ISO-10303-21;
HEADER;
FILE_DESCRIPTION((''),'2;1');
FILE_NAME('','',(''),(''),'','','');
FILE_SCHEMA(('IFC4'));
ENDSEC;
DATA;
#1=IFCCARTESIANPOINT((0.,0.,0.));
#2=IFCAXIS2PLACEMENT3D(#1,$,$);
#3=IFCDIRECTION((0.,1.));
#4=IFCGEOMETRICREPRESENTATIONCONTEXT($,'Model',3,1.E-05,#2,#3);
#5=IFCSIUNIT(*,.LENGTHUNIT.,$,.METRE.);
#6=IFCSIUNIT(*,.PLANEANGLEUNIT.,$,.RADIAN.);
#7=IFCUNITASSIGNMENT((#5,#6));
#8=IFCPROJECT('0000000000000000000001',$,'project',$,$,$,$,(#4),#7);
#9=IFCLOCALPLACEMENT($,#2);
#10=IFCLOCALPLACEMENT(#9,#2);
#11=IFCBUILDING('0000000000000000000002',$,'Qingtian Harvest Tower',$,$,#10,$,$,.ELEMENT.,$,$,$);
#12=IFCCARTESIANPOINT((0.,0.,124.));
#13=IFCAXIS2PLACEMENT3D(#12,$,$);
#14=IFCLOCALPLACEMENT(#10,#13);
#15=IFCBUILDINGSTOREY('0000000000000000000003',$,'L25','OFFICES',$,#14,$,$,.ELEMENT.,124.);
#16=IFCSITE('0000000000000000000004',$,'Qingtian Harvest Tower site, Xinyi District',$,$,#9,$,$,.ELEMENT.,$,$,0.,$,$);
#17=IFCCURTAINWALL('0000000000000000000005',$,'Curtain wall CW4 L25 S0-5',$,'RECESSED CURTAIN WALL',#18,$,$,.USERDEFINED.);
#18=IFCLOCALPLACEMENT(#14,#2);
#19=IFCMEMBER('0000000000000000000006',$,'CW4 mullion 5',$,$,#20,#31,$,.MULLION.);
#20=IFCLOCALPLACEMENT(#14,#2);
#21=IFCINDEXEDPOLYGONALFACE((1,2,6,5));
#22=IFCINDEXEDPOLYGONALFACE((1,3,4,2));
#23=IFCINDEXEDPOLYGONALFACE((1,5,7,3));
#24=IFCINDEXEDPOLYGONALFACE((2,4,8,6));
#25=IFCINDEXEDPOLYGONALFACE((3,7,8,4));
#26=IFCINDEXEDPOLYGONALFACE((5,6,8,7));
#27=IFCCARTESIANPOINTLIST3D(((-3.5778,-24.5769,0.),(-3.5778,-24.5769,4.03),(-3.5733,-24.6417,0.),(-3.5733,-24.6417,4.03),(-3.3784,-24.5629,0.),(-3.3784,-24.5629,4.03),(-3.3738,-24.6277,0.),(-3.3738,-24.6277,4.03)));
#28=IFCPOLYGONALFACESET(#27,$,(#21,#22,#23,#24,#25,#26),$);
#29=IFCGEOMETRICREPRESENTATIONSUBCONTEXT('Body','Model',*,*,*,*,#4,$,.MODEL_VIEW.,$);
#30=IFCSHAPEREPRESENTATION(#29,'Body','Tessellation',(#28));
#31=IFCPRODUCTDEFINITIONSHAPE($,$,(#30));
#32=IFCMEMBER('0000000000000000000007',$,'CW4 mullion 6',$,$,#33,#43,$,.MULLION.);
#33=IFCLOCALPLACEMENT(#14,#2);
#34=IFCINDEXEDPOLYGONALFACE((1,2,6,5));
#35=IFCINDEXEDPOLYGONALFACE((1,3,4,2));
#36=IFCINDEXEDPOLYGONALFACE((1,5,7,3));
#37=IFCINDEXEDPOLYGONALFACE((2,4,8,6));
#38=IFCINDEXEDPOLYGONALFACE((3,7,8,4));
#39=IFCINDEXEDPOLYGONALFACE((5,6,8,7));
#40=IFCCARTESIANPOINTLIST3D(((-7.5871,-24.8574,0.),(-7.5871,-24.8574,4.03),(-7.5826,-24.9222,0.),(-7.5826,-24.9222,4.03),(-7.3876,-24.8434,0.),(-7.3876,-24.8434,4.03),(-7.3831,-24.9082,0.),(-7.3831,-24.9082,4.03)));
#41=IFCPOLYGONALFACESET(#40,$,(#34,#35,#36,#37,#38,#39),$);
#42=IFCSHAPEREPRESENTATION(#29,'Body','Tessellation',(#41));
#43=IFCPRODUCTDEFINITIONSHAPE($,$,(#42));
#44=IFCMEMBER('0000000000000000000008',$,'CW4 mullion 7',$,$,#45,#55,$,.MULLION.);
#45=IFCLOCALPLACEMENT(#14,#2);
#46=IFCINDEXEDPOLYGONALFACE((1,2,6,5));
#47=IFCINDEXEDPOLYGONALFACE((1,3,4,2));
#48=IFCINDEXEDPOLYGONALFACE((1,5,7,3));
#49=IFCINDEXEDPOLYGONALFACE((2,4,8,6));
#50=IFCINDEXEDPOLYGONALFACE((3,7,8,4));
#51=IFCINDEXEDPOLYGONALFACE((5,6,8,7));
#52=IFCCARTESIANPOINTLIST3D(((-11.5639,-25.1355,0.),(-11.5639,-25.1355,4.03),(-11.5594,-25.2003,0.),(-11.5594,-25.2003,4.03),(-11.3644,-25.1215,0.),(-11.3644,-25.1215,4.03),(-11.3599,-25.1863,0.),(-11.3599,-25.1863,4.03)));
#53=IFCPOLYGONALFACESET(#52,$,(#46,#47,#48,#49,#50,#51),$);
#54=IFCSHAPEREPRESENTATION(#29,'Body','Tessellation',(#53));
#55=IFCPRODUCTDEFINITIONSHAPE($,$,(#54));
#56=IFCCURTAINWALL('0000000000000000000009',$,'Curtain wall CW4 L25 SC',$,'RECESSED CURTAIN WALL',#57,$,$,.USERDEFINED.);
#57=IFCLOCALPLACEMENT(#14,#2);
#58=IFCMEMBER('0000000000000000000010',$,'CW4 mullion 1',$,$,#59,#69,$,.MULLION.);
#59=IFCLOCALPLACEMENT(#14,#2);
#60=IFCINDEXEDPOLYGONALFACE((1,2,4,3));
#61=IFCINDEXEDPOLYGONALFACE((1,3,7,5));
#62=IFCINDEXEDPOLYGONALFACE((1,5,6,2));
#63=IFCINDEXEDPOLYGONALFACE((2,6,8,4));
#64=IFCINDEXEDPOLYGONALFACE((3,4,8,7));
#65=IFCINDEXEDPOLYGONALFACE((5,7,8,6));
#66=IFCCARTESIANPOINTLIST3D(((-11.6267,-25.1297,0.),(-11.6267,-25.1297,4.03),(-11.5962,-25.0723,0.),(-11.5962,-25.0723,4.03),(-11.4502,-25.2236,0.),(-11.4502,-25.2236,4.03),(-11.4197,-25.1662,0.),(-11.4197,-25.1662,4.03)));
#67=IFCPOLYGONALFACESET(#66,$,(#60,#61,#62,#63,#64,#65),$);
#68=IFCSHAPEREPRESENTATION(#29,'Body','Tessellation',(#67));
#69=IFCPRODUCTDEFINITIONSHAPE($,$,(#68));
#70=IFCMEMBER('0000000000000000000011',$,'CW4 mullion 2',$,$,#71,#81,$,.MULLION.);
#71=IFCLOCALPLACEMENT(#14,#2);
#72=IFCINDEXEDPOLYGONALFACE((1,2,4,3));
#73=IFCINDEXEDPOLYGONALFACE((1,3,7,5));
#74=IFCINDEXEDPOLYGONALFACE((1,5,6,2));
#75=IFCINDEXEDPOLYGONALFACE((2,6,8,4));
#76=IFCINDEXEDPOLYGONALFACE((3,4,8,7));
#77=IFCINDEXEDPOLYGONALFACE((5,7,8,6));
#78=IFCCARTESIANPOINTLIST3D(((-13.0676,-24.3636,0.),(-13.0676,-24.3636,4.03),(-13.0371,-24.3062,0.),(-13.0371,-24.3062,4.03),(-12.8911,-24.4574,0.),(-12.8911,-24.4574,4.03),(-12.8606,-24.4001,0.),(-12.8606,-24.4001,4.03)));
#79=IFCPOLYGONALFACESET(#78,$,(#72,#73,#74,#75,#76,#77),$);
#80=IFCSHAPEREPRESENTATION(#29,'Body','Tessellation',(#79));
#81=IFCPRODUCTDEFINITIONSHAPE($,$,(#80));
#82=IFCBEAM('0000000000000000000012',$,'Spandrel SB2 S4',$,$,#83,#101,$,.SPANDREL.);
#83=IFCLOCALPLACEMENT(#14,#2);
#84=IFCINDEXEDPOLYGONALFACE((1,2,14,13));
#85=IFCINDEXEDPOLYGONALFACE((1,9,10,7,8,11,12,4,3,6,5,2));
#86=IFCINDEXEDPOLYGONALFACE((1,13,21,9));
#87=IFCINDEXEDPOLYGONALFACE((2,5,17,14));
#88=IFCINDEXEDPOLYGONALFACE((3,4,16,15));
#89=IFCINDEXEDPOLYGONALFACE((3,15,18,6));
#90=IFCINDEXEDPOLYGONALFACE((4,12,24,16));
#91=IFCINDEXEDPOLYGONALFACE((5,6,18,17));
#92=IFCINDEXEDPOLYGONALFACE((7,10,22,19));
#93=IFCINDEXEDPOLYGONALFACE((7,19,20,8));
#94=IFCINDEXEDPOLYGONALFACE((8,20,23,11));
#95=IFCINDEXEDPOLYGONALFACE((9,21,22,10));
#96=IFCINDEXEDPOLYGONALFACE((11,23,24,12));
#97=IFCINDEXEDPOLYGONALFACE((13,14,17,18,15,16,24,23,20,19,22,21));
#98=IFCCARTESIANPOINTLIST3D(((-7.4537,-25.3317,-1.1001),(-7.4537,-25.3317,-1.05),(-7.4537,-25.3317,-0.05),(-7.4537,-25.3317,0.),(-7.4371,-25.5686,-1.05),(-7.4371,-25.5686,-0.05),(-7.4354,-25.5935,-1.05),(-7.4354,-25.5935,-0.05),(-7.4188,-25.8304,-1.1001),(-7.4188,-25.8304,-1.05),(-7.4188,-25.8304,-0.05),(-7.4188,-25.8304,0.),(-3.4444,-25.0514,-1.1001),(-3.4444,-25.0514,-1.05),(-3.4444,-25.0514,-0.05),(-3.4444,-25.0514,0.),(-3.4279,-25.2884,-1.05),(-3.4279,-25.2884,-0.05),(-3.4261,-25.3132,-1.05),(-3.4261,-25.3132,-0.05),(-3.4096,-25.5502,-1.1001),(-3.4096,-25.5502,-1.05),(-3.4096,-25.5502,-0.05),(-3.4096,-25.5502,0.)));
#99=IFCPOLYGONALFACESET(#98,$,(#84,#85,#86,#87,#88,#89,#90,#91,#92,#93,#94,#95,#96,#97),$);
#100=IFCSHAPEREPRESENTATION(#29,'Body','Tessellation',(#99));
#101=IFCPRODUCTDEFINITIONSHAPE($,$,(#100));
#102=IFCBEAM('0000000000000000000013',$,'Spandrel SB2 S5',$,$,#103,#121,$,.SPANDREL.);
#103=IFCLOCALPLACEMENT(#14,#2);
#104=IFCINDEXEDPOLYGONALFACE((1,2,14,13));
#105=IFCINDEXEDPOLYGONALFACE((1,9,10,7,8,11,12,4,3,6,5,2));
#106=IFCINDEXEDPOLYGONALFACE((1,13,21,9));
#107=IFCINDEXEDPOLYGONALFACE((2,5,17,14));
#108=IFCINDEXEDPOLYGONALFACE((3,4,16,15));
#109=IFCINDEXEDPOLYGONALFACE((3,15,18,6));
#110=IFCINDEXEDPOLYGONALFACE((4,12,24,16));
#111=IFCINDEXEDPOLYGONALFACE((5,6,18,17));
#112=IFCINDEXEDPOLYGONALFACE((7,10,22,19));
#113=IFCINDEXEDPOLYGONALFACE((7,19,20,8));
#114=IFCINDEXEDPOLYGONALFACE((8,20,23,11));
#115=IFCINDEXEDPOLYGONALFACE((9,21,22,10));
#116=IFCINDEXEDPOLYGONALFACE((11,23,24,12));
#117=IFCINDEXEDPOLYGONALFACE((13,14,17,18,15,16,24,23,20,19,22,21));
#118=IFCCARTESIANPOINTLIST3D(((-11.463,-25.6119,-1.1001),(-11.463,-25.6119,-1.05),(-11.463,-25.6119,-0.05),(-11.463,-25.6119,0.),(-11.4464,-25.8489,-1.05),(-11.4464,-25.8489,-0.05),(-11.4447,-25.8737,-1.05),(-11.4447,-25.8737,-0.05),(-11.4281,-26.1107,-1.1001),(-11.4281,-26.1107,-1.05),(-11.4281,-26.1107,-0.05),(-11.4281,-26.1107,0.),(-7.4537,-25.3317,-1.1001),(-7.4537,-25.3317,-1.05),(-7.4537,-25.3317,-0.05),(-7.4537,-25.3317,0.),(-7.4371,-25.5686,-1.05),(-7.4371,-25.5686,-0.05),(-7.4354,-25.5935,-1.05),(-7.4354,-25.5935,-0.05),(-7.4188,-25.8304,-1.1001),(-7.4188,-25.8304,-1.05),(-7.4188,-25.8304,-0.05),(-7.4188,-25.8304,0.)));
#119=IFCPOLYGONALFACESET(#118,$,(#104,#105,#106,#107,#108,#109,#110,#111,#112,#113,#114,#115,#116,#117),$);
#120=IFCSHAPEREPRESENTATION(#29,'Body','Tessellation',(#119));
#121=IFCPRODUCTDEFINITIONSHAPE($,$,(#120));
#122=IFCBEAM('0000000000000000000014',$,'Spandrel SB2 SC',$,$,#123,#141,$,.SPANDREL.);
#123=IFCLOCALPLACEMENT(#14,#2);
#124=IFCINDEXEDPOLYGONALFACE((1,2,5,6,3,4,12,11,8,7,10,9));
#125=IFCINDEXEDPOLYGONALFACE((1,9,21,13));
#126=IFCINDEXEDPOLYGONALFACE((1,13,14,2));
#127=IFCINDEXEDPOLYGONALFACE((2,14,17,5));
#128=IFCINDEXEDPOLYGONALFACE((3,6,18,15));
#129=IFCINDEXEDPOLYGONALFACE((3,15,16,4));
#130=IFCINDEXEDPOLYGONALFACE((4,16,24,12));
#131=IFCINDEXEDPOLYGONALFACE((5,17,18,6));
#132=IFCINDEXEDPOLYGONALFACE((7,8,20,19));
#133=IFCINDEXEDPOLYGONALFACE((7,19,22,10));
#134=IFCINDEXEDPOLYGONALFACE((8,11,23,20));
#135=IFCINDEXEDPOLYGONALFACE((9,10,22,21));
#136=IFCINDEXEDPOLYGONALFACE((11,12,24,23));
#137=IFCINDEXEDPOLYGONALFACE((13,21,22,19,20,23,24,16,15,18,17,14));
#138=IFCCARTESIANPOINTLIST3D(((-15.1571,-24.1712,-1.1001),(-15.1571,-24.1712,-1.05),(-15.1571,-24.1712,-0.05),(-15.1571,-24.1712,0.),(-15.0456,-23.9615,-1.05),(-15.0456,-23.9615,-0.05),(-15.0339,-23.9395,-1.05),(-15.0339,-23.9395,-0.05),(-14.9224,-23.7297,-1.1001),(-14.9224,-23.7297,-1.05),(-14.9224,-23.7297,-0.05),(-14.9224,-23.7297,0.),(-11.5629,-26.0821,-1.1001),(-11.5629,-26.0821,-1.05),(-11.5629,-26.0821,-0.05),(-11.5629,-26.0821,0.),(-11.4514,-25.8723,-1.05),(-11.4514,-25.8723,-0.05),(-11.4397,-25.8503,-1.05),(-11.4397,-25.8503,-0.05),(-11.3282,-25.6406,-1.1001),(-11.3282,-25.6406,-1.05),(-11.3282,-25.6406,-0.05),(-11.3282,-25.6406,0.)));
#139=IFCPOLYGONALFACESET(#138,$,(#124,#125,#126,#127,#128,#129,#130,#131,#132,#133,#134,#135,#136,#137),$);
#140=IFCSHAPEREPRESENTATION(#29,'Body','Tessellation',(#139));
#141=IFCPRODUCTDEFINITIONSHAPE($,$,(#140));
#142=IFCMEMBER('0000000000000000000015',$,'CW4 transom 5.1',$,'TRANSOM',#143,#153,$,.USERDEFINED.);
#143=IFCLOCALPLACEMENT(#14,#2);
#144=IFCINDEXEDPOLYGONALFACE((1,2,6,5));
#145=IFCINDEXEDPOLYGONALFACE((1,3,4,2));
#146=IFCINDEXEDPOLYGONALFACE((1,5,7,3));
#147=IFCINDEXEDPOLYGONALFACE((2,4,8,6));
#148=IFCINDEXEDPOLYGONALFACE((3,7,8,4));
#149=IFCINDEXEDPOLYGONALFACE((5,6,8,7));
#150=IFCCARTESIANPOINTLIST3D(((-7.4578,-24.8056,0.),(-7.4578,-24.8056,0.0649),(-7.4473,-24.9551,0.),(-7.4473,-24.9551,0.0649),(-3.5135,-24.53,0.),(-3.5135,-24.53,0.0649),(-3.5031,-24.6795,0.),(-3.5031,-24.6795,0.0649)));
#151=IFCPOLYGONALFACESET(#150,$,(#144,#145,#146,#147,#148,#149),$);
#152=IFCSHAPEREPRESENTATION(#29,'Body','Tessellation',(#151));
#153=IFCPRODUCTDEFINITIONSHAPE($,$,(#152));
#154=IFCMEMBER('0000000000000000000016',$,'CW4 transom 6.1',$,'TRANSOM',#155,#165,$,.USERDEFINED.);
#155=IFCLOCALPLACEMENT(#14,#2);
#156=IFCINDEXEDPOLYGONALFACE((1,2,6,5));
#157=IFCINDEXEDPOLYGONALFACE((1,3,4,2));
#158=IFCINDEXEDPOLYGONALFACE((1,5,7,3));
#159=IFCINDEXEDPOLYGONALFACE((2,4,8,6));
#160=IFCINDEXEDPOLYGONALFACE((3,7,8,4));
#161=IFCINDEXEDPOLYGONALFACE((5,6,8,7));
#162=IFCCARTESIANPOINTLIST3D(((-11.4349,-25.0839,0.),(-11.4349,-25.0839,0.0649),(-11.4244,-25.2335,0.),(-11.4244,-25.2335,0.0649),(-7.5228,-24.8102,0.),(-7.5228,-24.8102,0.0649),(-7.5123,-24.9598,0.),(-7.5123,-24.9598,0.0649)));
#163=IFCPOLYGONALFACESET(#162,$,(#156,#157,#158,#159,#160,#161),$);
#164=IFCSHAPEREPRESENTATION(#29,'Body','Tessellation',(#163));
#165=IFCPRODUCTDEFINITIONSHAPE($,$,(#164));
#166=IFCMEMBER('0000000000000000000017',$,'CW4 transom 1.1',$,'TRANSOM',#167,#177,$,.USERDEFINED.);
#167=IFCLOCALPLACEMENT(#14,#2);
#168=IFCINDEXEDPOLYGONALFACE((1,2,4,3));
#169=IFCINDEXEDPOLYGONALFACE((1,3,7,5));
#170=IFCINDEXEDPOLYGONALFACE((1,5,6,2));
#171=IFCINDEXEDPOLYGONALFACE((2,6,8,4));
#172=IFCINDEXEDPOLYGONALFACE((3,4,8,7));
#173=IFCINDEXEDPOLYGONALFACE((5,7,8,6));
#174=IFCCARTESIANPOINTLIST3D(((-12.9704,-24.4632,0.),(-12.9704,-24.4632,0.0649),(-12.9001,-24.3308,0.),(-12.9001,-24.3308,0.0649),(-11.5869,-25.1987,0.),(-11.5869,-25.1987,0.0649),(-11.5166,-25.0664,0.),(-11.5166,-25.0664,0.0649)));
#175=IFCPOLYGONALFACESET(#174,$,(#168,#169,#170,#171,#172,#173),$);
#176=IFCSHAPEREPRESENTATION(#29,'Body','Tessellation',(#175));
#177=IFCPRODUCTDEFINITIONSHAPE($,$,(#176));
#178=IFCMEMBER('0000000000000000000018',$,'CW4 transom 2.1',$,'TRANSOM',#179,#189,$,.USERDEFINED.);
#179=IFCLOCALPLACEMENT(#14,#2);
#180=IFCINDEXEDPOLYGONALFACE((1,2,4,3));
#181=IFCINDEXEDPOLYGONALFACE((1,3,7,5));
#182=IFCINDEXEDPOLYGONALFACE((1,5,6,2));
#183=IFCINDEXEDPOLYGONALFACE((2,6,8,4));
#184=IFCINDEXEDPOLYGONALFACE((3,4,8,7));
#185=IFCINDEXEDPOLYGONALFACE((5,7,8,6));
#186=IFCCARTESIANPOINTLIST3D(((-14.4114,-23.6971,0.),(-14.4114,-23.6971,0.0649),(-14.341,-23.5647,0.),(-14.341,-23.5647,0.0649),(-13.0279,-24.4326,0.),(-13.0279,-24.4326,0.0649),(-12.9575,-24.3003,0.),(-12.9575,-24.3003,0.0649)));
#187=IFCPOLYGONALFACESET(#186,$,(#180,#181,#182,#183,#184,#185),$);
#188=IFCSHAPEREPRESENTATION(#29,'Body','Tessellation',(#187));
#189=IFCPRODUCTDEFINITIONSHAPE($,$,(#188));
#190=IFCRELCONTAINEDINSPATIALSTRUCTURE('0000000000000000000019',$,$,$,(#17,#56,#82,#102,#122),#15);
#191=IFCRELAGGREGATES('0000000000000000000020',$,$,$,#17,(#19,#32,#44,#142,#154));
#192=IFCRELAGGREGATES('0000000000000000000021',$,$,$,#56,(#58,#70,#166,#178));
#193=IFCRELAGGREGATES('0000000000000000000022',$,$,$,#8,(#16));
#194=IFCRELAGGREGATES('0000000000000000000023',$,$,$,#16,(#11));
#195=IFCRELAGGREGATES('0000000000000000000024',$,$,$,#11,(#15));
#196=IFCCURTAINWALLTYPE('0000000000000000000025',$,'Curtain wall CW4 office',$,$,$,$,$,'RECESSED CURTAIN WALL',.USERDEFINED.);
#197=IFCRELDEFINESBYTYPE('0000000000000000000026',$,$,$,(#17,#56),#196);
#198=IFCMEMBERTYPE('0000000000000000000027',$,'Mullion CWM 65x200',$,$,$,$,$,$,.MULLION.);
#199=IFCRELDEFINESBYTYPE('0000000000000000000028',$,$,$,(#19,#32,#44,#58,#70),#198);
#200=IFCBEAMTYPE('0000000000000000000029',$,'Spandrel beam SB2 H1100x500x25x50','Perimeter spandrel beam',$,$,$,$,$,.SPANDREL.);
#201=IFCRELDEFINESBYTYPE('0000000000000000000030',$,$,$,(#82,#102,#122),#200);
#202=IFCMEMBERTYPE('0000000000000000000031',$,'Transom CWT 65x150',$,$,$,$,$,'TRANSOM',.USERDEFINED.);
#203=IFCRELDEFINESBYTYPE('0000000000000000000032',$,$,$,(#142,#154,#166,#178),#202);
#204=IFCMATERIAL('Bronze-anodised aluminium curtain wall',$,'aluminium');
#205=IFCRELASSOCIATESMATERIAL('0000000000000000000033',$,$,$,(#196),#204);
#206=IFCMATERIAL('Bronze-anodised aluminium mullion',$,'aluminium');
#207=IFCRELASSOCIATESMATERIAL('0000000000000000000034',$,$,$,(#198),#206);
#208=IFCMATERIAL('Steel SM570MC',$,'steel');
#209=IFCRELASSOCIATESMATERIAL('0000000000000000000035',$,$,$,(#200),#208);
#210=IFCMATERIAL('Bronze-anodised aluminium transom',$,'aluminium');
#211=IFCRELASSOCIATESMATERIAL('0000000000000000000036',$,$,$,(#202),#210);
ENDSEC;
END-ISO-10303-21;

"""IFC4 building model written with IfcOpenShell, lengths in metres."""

from ifc_helpers import new_model, si_unit, direction, frame, origin, origin_2d, place, context, subcontext, project, spatial, rectangle, i_section, extrude, material, material_profile, profile_set, type_object, element, aggregate, save


model = new_model("IFC4")

# Units and contexts
model_context = context("Model", 3, precision=1e-05, world=origin(), true_north=direction((0.0, 1.0)))
body_context = subcontext(model_context, "Body", "Model", "MODEL_VIEW")
ifc_project = project(units=[si_unit("LENGTHUNIT", "METRE"), si_unit("PLANEANGLEUNIT", "RADIAN")], contexts=[model_context])

# Site, building, storey
site_placement = place(None, origin())
site = spatial("IfcSite", under=ifc_project, at=site_placement, Name="Qingtian Harvest Tower site, Xinyi District", CompositionType="ELEMENT", RefElevation=0.0)
building_placement = place(site_placement, origin())
building = spatial("IfcBuilding", under=site, at=building_placement, Name="Qingtian Harvest Tower", CompositionType="ELEMENT")
storey_placement = place(building_placement, frame((0.0, 0.0, 124.0)))
storey = spatial("IfcBuildingStorey", under=building, at=storey_placement, Name="L25", Description="OFFICES", CompositionType="ELEMENT", Elevation=124.0)

# Curtain walls, members
ifc_material_1 = material(Name="Bronze-anodised aluminium curtain wall", Category="aluminium")
curtain_wall_type = type_object("IfcCurtainWallType", Name="Curtain wall CW4 office", ElementType="RECESSED CURTAIN WALL", PredefinedType="USERDEFINED", material=ifc_material_1)
curtain_wall_1_placement = place(storey_placement, origin())
curtain_wall_1 = element("IfcCurtainWall", 1, at=curtain_wall_1_placement, inside=storey, type_object=curtain_wall_type, Name="Curtain wall CW4 L25 S0-5", ObjectType="RECESSED CURTAIN WALL", PredefinedType="USERDEFINED")
ifc_material_2 = material(Name="Bronze-anodised aluminium mullion", Category="aluminium")
ifc_material_profile_1 = material_profile(ifc_material_2, rectangle(XDim=0.0649, YDim=0.2, at=origin_2d()), Name="AL 65x200")
ifc_profile_set_1 = profile_set([ifc_material_profile_1], Name="Bronze-anodised aluminium mullion")
member_type_1 = type_object("IfcMemberType", Name="Mullion CWM 65x200", PredefinedType="MULLION", material=ifc_profile_set_1)
member_1_placement = place(storey_placement, frame((-3.4758, -24.6023, 0.0), z_axis=(0.0, 0.0, 1.0), x_axis=(0.069756, -0.997564, 0.0)))
member_1 = element("IfcMember", 2, at=member_1_placement, type_object=member_type_1, Name="CW4 mullion 5", PredefinedType="MULLION", context=body_context, shape_type="SweptSolid", body=[
    extrude(rectangle(XDim=0.0649, YDim=0.2, at=origin_2d()), origin(), (0.0, 0.0, 1.0), 4.03),
])
member_2_placement = place(storey_placement, frame((-7.4851, -24.8828, 0.0), z_axis=(0.0, 0.0, 1.0), x_axis=(0.069756, -0.997564, 0.0)))
member_2 = element("IfcMember", 3, at=member_2_placement, type_object=member_type_1, Name="CW4 mullion 6", PredefinedType="MULLION", context=body_context, shape_type="SweptSolid", body=[
    extrude(rectangle(XDim=0.0649, YDim=0.2, at=origin_2d()), origin(), (0.0, 0.0, 1.0), 4.03),
])
member_3_placement = place(storey_placement, frame((-11.4619, -25.1609, 0.0), z_axis=(0.0, 0.0, 1.0), x_axis=(0.069756, -0.997564, 0.0)))
member_3 = element("IfcMember", 4, at=member_3_placement, type_object=member_type_1, Name="CW4 mullion 7", PredefinedType="MULLION", context=body_context, shape_type="SweptSolid", body=[
    extrude(rectangle(XDim=0.0649, YDim=0.2, at=origin_2d()), origin(), (0.0, 0.0, 1.0), 4.03),
])
curtain_wall_2_placement = place(storey_placement, origin())
curtain_wall_2 = element("IfcCurtainWall", 5, at=curtain_wall_2_placement, inside=storey, type_object=curtain_wall_type, Name="Curtain wall CW4 L25 SC", ObjectType="RECESSED CURTAIN WALL", PredefinedType="USERDEFINED")
member_4_placement = place(storey_placement, frame((-11.5232, -25.1479, 0.0), z_axis=(0.0, 0.0, 1.0), x_axis=(-0.469472, -0.882948, 0.0)))
member_4 = element("IfcMember", 6, at=member_4_placement, type_object=member_type_1, Name="CW4 mullion 1", PredefinedType="MULLION", context=body_context, shape_type="SweptSolid", body=[
    extrude(rectangle(XDim=0.0649, YDim=0.2, at=origin_2d()), origin(), (0.0, 0.0, 1.0), 4.03),
])
member_5_placement = place(storey_placement, frame((-12.9641, -24.3818, 0.0), z_axis=(0.0, 0.0, 1.0), x_axis=(-0.469472, -0.882948, 0.0)))
member_5 = element("IfcMember", 7, at=member_5_placement, type_object=member_type_1, Name="CW4 mullion 2", PredefinedType="MULLION", context=body_context, shape_type="SweptSolid", body=[
    extrude(rectangle(XDim=0.0649, YDim=0.2, at=origin_2d()), origin(), (0.0, 0.0, 1.0), 4.03),
])

# Beams
ifc_material_3 = material(Name="Steel SM570MC", Category="steel")
ifc_material_profile_2 = material_profile(ifc_material_3, i_section(OverallWidth=0.5, OverallDepth=1.1001, WebThickness=0.0249, FlangeThickness=0.05, at=origin_2d()), Name="H1100x500x25x50")
ifc_profile_set_2 = profile_set([ifc_material_profile_2], Name="Steel SM570MC")
beam_type_1 = type_object("IfcBeamType", Name="Spandrel beam SB2 H1100x500x25x50", Description="Perimeter spandrel beam", PredefinedType="SPANDREL", material=ifc_profile_set_2)
for number, where, z_axis, x_axis, name in (
    (8, (-3.427, -25.3008, -0.55), (-0.997565, -0.069736, 0.0), (0.069736, -0.997565, 0.0), "Spandrel SB2 S4"),
    (9, (-7.4363, -25.5811, -0.55), (-0.997565, -0.069736, 0.0), (0.069736, -0.997565, 0.0), "Spandrel SB2 S5"),
):
    element("IfcBeam", number, at=place(storey_placement, frame(where, z_axis=z_axis, x_axis=x_axis)), inside=storey, type_object=beam_type_1, Name=name, PredefinedType="SPANDREL", context=body_context, shape_type="SweptSolid", body=[
        extrude(i_section(OverallWidth=0.5, OverallDepth=1.1001, WebThickness=0.0249, FlangeThickness=0.05, at=origin_2d()), origin(), (0.0, 0.0, 1.0), 4.019),
    ])
beam_1_placement = place(storey_placement, frame((-11.4456, -25.8613, -0.55), z_axis=(-0.882968, 0.469433, 0.0), x_axis=(-0.469433, -0.882968, 0.0)))
element("IfcBeam", 10, at=beam_1_placement, inside=storey, type_object=beam_type_1, Name="Spandrel SB2 SC", PredefinedType="SPANDREL", context=body_context, shape_type="SweptSolid", body=[
    extrude(i_section(OverallWidth=0.5, OverallDepth=1.1001, WebThickness=0.0249, FlangeThickness=0.05, at=origin_2d()), origin(), (0.0, 0.0, 1.0), 4.0706),
])

# Members
ifc_material_4 = material(Name="Bronze-anodised aluminium transom", Category="aluminium")
ifc_material_profile_3 = material_profile(ifc_material_4, rectangle(XDim=0.1499, YDim=0.0649, at=origin_2d()), Name="AL 65x150")
ifc_profile_set_3 = profile_set([ifc_material_profile_3], Name="Bronze-anodised aluminium transom")
member_type_2 = type_object("IfcMemberType", Name="Transom CWT 65x150", ElementType="TRANSOM", PredefinedType="USERDEFINED", material=ifc_profile_set_3)
member_6_placement = place(storey_placement, frame((-3.5083, -24.6047, 0.0325), z_axis=(-0.997567, -0.069711, 0.0), x_axis=(0.069711, -0.997567, 0.0)))
member_6 = element("IfcMember", 11, at=member_6_placement, type_object=member_type_2, Name="CW4 transom 5.1", ObjectType="TRANSOM", PredefinedType="USERDEFINED", context=body_context, shape_type="SweptSolid", body=[
    extrude(rectangle(XDim=0.1499, YDim=0.0649, at=origin_2d()), origin(), (0.0, 0.0, 1.0), 3.9539),
])
member_7_placement = place(storey_placement, frame((-7.5176, -24.885, 0.0325), z_axis=(-0.997562, -0.069787, 0.0), x_axis=(0.069787, -0.997562, 0.0)))
member_7 = element("IfcMember", 12, at=member_7_placement, type_object=member_type_2, Name="CW4 transom 6.1", ObjectType="TRANSOM", PredefinedType="USERDEFINED", context=body_context, shape_type="SweptSolid", body=[
    extrude(rectangle(XDim=0.1499, YDim=0.0649, at=origin_2d()), origin(), (0.0, 0.0, 1.0), 3.9216),
])
member_8_placement = place(storey_placement, frame((-11.5518, -25.1326, 0.0325), z_axis=(-0.88296, 0.469448, 0.0), x_axis=(-0.469448, -0.88296, 0.0)))
member_8 = element("IfcMember", 13, at=member_8_placement, type_object=member_type_2, Name="CW4 transom 1.1", ObjectType="TRANSOM", PredefinedType="USERDEFINED", context=body_context, shape_type="SweptSolid", body=[
    extrude(rectangle(XDim=0.1499, YDim=0.0649, at=origin_2d()), origin(), (0.0, 0.0, 1.0), 1.5669),
])
member_9_placement = place(storey_placement, frame((-12.9927, -24.3665, 0.0325), z_axis=(-0.88296, 0.469448, 0.0), x_axis=(-0.469448, -0.88296, 0.0)))
member_9 = element("IfcMember", 14, at=member_9_placement, type_object=member_type_2, Name="CW4 transom 2.1", ObjectType="TRANSOM", PredefinedType="USERDEFINED", context=body_context, shape_type="SweptSolid", body=[
    extrude(rectangle(XDim=0.1499, YDim=0.0649, at=origin_2d()), origin(), (0.0, 0.0, 1.0), 1.5669),
])

aggregate(curtain_wall_1, [member_1, member_2, member_3, member_6, member_7])
aggregate(curtain_wall_2, [member_4, member_5, member_8, member_9])

save(model, "model.ifc")
